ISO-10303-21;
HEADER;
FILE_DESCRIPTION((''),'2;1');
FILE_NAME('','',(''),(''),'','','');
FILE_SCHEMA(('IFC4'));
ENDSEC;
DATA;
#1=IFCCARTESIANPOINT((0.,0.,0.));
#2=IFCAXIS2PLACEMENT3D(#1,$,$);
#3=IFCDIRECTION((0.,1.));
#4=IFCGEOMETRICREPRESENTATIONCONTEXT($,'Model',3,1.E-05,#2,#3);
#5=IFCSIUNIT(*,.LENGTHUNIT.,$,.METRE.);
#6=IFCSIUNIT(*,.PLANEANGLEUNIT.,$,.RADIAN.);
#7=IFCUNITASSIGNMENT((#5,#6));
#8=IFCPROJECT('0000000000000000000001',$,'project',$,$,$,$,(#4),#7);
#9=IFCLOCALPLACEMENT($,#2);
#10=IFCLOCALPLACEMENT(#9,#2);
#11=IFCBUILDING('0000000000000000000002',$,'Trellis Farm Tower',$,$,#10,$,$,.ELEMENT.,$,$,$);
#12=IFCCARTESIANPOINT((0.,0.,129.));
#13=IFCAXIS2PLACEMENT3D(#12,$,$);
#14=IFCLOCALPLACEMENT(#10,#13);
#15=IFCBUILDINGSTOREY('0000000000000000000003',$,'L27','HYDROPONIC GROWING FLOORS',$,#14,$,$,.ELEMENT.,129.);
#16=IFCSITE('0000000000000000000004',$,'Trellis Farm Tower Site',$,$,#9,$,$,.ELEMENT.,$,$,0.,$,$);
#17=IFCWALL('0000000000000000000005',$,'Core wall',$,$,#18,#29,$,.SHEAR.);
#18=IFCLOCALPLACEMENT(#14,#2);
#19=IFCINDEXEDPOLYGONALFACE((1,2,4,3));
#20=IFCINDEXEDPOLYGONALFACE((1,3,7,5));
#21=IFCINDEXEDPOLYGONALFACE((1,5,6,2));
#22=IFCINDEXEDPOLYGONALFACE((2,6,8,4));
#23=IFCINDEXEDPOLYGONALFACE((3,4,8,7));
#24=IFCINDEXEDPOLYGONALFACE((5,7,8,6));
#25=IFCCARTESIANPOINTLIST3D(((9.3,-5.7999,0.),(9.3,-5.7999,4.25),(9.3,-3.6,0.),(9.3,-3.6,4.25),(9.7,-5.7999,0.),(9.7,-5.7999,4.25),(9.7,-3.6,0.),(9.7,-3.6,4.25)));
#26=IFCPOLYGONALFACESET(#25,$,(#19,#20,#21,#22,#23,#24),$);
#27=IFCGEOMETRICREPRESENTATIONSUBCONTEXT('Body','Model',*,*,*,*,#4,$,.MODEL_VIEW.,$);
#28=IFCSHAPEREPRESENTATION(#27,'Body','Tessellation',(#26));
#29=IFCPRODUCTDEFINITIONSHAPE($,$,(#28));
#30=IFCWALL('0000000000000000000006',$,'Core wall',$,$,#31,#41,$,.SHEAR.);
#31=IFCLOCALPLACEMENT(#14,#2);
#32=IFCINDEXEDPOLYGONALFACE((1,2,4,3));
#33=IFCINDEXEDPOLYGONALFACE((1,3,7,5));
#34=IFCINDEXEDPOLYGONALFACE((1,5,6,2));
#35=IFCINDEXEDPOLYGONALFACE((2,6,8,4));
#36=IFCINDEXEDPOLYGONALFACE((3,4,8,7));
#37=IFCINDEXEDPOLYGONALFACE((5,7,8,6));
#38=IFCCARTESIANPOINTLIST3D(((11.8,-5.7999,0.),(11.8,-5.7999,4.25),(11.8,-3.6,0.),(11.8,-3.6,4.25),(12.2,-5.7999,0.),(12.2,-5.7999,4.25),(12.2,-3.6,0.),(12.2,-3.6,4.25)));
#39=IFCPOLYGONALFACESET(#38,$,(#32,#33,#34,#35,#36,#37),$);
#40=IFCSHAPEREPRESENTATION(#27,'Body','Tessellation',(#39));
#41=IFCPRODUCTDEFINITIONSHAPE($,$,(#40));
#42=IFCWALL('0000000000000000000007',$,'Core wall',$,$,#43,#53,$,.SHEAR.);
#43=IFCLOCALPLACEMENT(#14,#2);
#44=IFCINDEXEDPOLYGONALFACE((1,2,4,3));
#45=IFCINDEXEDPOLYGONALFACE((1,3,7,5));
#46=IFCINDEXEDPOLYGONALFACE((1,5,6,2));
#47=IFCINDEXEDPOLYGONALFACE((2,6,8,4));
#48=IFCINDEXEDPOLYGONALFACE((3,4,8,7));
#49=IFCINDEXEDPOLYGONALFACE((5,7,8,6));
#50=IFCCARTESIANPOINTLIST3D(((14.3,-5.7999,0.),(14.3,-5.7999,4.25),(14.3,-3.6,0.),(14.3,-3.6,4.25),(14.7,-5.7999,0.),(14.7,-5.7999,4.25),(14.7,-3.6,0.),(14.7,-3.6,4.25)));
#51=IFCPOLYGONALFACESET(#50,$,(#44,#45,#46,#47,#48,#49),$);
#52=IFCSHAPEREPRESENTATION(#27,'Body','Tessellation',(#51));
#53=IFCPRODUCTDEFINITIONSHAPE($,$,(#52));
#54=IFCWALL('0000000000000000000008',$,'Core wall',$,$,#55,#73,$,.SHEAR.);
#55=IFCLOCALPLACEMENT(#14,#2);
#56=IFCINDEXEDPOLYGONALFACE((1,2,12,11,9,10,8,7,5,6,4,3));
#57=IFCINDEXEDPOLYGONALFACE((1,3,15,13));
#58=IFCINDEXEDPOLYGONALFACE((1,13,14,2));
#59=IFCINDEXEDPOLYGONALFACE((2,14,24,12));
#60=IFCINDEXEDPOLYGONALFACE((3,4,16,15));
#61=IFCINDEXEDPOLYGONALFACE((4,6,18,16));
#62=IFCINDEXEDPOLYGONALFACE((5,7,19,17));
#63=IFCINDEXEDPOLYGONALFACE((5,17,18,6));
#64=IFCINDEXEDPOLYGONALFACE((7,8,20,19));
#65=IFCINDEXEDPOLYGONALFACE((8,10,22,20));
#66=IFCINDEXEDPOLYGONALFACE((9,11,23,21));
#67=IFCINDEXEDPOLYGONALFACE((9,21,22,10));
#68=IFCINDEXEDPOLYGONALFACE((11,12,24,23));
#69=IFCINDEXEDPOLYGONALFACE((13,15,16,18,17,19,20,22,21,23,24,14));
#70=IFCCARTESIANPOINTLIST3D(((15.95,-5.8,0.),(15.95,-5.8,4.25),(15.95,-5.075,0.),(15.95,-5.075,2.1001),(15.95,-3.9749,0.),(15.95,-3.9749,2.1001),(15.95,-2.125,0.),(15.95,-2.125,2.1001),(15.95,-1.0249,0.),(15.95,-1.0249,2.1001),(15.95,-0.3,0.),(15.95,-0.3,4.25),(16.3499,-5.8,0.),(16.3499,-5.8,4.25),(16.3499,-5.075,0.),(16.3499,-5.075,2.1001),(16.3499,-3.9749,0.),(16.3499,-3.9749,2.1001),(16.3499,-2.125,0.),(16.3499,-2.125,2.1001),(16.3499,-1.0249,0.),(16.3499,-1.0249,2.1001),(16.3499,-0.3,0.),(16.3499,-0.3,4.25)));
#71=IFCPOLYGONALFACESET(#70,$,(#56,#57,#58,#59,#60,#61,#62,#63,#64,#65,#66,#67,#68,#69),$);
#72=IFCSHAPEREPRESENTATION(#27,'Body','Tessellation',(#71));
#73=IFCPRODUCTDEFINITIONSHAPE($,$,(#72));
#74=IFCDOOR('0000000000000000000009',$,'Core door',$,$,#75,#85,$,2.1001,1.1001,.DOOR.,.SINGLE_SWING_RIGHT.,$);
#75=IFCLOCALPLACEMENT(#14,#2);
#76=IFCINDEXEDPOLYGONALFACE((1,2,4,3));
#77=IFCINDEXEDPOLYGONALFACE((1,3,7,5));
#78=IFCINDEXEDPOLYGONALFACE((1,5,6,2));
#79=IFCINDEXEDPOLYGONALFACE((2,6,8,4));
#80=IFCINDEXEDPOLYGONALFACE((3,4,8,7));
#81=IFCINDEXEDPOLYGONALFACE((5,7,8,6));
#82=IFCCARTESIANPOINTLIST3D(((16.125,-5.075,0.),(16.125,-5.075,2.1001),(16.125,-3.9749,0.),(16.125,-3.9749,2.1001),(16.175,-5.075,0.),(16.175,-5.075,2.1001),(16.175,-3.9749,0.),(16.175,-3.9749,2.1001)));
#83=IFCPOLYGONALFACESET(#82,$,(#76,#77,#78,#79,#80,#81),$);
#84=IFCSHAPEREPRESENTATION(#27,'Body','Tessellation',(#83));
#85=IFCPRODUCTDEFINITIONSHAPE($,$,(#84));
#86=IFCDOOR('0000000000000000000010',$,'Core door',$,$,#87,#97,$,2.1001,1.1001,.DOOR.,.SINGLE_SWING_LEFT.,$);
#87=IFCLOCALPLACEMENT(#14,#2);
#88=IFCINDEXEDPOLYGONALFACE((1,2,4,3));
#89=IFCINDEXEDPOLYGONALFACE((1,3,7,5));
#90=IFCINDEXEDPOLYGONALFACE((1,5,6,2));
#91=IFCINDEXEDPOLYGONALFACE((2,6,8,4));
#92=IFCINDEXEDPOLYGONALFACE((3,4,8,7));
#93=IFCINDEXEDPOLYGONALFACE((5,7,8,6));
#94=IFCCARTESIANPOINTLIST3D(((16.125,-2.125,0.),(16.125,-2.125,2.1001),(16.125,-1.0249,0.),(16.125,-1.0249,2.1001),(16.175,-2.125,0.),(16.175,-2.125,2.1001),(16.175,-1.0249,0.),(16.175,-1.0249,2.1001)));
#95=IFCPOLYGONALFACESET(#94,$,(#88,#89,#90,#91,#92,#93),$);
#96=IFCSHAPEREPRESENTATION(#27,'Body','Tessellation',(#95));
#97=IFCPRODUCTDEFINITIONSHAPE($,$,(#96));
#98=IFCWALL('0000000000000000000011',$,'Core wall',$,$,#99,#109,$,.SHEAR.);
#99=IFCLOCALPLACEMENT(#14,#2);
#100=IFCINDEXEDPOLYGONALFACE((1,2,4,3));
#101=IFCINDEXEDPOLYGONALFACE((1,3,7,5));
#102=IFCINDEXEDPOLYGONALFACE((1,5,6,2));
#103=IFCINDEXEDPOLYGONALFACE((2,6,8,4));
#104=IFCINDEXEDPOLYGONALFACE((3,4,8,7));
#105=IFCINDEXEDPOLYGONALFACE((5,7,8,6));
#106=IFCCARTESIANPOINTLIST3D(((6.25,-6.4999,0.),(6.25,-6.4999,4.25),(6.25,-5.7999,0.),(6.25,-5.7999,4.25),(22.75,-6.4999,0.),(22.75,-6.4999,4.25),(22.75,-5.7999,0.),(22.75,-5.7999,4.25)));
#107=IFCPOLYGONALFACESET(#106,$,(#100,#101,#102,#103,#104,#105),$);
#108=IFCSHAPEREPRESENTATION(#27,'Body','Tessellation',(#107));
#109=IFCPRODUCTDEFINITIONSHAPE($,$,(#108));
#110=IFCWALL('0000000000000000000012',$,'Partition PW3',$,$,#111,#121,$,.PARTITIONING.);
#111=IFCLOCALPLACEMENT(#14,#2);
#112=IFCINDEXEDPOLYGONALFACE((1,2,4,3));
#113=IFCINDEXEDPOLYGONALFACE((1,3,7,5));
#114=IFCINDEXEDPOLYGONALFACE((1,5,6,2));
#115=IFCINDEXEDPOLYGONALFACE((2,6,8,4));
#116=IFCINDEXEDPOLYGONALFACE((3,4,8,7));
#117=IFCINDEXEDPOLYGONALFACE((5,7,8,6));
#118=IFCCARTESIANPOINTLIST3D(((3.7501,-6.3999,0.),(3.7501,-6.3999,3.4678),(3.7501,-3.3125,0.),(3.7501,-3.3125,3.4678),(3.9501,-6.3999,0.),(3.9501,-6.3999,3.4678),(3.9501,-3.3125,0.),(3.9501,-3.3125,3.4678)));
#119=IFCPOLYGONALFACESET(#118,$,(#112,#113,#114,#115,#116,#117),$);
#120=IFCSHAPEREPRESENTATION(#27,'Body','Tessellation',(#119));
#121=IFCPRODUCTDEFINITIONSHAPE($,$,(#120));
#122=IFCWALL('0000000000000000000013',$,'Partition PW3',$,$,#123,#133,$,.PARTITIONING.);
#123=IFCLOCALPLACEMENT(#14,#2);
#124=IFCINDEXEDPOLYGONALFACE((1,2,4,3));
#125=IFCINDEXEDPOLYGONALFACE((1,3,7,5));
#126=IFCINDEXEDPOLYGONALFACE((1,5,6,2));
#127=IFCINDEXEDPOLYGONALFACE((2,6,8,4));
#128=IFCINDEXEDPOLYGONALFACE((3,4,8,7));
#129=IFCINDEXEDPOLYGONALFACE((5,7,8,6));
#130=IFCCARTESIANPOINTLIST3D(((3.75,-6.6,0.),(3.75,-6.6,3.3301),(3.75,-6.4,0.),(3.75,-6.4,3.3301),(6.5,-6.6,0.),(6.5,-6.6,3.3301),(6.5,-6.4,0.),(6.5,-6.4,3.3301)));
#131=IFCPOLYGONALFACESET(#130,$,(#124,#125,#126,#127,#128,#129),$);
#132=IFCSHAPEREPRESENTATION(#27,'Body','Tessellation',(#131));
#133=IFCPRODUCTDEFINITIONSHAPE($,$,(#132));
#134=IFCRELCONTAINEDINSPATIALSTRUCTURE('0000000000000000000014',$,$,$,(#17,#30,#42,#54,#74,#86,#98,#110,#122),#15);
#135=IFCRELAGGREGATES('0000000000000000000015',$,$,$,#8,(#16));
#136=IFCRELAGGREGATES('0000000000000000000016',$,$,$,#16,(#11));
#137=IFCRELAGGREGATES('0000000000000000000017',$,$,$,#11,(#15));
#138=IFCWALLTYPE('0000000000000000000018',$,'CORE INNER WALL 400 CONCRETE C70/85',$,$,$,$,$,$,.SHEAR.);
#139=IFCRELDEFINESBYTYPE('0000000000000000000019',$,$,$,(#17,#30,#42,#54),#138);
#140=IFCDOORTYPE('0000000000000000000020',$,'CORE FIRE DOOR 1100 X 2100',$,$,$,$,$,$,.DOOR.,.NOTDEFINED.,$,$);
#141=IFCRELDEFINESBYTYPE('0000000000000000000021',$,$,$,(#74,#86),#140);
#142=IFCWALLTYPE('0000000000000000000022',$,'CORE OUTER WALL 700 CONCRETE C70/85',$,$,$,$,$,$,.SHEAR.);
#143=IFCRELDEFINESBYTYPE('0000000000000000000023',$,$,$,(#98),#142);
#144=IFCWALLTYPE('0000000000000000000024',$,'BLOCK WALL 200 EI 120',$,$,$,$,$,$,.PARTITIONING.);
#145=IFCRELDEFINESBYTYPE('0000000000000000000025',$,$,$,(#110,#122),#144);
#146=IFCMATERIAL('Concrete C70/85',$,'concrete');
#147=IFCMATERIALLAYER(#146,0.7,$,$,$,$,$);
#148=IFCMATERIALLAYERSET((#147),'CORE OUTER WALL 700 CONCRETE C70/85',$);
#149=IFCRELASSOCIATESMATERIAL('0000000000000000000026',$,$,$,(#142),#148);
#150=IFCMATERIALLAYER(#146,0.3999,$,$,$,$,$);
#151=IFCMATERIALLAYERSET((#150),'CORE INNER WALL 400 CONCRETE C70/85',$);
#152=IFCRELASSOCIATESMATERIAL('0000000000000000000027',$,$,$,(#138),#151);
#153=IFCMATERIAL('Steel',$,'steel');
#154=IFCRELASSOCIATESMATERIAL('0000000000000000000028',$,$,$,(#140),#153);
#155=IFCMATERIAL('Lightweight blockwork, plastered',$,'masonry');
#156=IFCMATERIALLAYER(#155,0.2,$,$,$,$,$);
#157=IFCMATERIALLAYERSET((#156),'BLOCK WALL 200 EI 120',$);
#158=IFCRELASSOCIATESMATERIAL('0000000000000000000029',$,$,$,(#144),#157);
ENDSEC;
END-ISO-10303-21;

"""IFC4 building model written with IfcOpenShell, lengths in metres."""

from ifc_helpers import new_model, si_unit, direction, frame, frame_2d, origin, place, context, subcontext, project, spatial, rectangle, extrude, source, transform, mapped, material, layer, layer_set, type_object, element, fill, save


model = new_model("IFC4")

# Units and contexts
model_context = context("Model", 3, precision=1e-05, world=origin(), true_north=direction((0.0, 1.0)))
body_context = subcontext(model_context, "Body", "Model", "MODEL_VIEW")
ifc_project = project(units=[si_unit("LENGTHUNIT", "METRE"), si_unit("PLANEANGLEUNIT", "RADIAN")], contexts=[model_context])

# Site, building, storey
site_placement = place(None, origin())
site = spatial("IfcSite", under=ifc_project, at=site_placement, Name="Trellis Farm Tower Site", CompositionType="ELEMENT", RefElevation=0.0)
building_placement = place(site_placement, origin())
building = spatial("IfcBuilding", under=site, at=building_placement, Name="Trellis Farm Tower", CompositionType="ELEMENT")
storey_placement = place(building_placement, frame((0.0, 0.0, 129.0)))
storey = spatial("IfcBuildingStorey", under=building, at=storey_placement, Name="L27", Description="HYDROPONIC GROWING FLOORS", CompositionType="ELEMENT", Elevation=129.0)

# Shared definitions
ifc_material_1 = material(Name="Concrete C70/85", Category="concrete")
ifc_layer_1 = layer(ifc_material_1, 0.7)
ifc_layer_set_1 = layer_set([ifc_layer_1], Name="CORE OUTER WALL 700 CONCRETE C70/85")
wall_type_1 = type_object("IfcWallType", Name="CORE OUTER WALL 700 CONCRETE C70/85", PredefinedType="SHEAR", material=ifc_layer_set_1)
ifc_material_2 = material(Name="Steel", Category="steel")

# Walls
ifc_layer_2 = layer(ifc_material_1, 0.3999)
ifc_layer_set_2 = layer_set([ifc_layer_2], Name="CORE INNER WALL 400 CONCRETE C70/85")
wall_type_2 = type_object("IfcWallType", Name="CORE INNER WALL 400 CONCRETE C70/85", PredefinedType="SHEAR", material=ifc_layer_set_2)
shared_shape_1 = source(origin(), body_context, "Body", "SweptSolid", [
    extrude(rectangle(XDim=2.2, YDim=0.3999, at=frame_2d((1.1001, 0.0))), origin(), (0.0, 0.0, 1.0), 4.25),
])
for number, where, z_axis, x_axis, name in (
    (1, (9.5, -5.8, 0.0), (0.0, 0.0, 1.0), (0.0, 1.0, 0.0), "Core wall"),
    (2, (12.0, -5.8, 0.0), (0.0, 0.0, 1.0), (0.0, 1.0, 0.0), "Core wall"),
    (3, (14.5, -5.8, 0.0), (0.0, 0.0, 1.0), (0.0, 1.0, 0.0), "Core wall"),
):
    element("IfcWall", number, at=place(storey_placement, frame(where, z_axis=z_axis, x_axis=x_axis)), inside=storey, type_object=wall_type_2, Name=name, PredefinedType="SHEAR", context=body_context, shape_type="MappedRepresentation", body=[
        mapped(shared_shape_1, transform((0.0, 0.0, 0.0))),
    ])

# Wall, openings, doors
shared_shape_2 = source(origin(), body_context, "Body", "SweptSolid", [
    extrude(rectangle(XDim=5.5, YDim=0.3999, at=frame_2d((2.75, 0.0))), origin(), (0.0, 0.0, 1.0), 4.25),
])
wall_1_placement = place(storey_placement, frame((16.1499, -5.8, 0.0), z_axis=(0.0, 0.0, 1.0), x_axis=(0.0, 1.0, 0.0)))
wall_1 = element("IfcWall", 4, at=wall_1_placement, inside=storey, type_object=wall_type_2, Name="Core wall", PredefinedType="SHEAR", context=body_context, shape_type="MappedRepresentation", body=[
    mapped(shared_shape_2, transform((0.0, 0.0, 0.0))),
])
shared_shape_3 = source(origin(), body_context, "Body", "SweptSolid", [
    extrude(rectangle(XDim=1.1001, YDim=2.1001, at=frame_2d((0.55, 1.05))), frame((0.0, 0.21, 0.0), z_axis=(0.0, -1.0, 0.0), x_axis=(1.0, 0.0, 0.0)), (0.0, 0.0, 1.0), 0.4199),
])
opening_1_placement = place(wall_1_placement, frame((0.7251, 0.0, 0.0)))
opening_1 = element("IfcOpeningElement", 5, at=opening_1_placement, cuts=wall_1, PredefinedType="OPENING", context=body_context, shape_type="MappedRepresentation", body=[
    mapped(shared_shape_3, transform((0.0, 0.0, 0.0))),
])
opening_2_placement = place(wall_1_placement, frame((3.675, 0.0, 0.0)))
opening_2 = element("IfcOpeningElement", 6, at=opening_2_placement, cuts=wall_1, PredefinedType="OPENING", context=body_context, shape_type="MappedRepresentation", body=[
    mapped(shared_shape_3, transform((0.0, 0.0, 0.0))),
])
door_type_1 = type_object("IfcDoorType", Name="CORE FIRE DOOR 1100 X 2100", OperationType="NOTDEFINED", PredefinedType="DOOR", material=ifc_material_2)
shared_shape_4 = source(origin(), body_context, "Body", "SweptSolid", [
    extrude(rectangle(XDim=1.1001, YDim=2.1001, at=frame_2d((0.55, 1.05))), frame((0.0, 0.0249, 0.0), z_axis=(0.0, -1.0, 0.0), x_axis=(1.0, 0.0, 0.0)), (0.0, 0.0, 1.0), 0.05),
])
door_1_placement = place(opening_1_placement, origin())
door_1 = element("IfcDoor", 7, at=door_1_placement, inside=storey, type_object=door_type_1, Name="Core door", OperationType="SINGLE_SWING_RIGHT", OverallHeight=2.1001, OverallWidth=1.1001, PredefinedType="DOOR", context=body_context, shape_type="MappedRepresentation", body=[
    mapped(shared_shape_4, transform((0.0, 0.0, 0.0))),
])
fill(opening_1, door_1)
door_2_placement = place(opening_2_placement, origin())
door_2 = element("IfcDoor", 8, at=door_2_placement, inside=storey, type_object=door_type_1, Name="Core door", OperationType="SINGLE_SWING_LEFT", OverallHeight=2.1001, OverallWidth=1.1001, PredefinedType="DOOR", context=body_context, shape_type="MappedRepresentation", body=[
    mapped(shared_shape_4, transform((0.0, 0.0, 0.0))),
])
fill(opening_2, door_2)

# Walls
shared_shape_5 = source(origin(), body_context, "Body", "SweptSolid", [
    extrude(rectangle(XDim=16.5, YDim=0.7, at=frame_2d((8.25, 0.0))), origin(), (0.0, 0.0, 1.0), 4.25),
])
wall_2_placement = place(storey_placement, frame((6.25, -6.1499, 0.0), z_axis=(0.0, 0.0, 1.0), x_axis=(1.0, 0.0, 0.0)))
element("IfcWall", 9, at=wall_2_placement, inside=storey, type_object=wall_type_1, Name="Core wall", PredefinedType="SHEAR", context=body_context, shape_type="MappedRepresentation", body=[
    mapped(shared_shape_5, transform((0.0, 0.0, 0.0))),
])
ifc_material_3 = material(Name="Lightweight blockwork, plastered", Category="masonry")
ifc_layer_3 = layer(ifc_material_3, 0.2)
ifc_layer_set_3 = layer_set([ifc_layer_3], Name="BLOCK WALL 200 EI 120")
wall_type_3 = type_object("IfcWallType", Name="BLOCK WALL 200 EI 120", PredefinedType="PARTITIONING", material=ifc_layer_set_3)
shared_shape_6 = source(origin(), body_context, "Body", "SweptSolid", [
    extrude(rectangle(XDim=3.0874, YDim=0.2, at=frame_2d((1.5437, 0.0))), origin(), (0.0, 0.0, 1.0), 3.4678),
])
wall_3_placement = place(storey_placement, frame((3.8501, -6.3999, 0.0), z_axis=(0.0, 0.0, 1.0), x_axis=(0.0, 1.0, 0.0)))
element("IfcWall", 10, at=wall_3_placement, inside=storey, type_object=wall_type_3, Name="Partition PW3", PredefinedType="PARTITIONING", context=body_context, shape_type="MappedRepresentation", body=[
    mapped(shared_shape_6, transform((0.0, 0.0, 0.0))),
])
shared_shape_7 = source(origin(), body_context, "Body", "SweptSolid", [
    extrude(rectangle(XDim=2.75, YDim=0.2, at=frame_2d((1.375, 0.0))), origin(), (0.0, 0.0, 1.0), 3.3301),
])
wall_4_placement = place(storey_placement, frame((3.75, -6.5, 0.0), z_axis=(0.0, 0.0, 1.0), x_axis=(1.0, 0.0, 0.0)))
element("IfcWall", 11, at=wall_4_placement, inside=storey, type_object=wall_type_3, Name="Partition PW3", PredefinedType="PARTITIONING", context=body_context, shape_type="MappedRepresentation", body=[
    mapped(shared_shape_7, transform((0.0, 0.0, 0.0))),
])

save(model, "model.ifc")
